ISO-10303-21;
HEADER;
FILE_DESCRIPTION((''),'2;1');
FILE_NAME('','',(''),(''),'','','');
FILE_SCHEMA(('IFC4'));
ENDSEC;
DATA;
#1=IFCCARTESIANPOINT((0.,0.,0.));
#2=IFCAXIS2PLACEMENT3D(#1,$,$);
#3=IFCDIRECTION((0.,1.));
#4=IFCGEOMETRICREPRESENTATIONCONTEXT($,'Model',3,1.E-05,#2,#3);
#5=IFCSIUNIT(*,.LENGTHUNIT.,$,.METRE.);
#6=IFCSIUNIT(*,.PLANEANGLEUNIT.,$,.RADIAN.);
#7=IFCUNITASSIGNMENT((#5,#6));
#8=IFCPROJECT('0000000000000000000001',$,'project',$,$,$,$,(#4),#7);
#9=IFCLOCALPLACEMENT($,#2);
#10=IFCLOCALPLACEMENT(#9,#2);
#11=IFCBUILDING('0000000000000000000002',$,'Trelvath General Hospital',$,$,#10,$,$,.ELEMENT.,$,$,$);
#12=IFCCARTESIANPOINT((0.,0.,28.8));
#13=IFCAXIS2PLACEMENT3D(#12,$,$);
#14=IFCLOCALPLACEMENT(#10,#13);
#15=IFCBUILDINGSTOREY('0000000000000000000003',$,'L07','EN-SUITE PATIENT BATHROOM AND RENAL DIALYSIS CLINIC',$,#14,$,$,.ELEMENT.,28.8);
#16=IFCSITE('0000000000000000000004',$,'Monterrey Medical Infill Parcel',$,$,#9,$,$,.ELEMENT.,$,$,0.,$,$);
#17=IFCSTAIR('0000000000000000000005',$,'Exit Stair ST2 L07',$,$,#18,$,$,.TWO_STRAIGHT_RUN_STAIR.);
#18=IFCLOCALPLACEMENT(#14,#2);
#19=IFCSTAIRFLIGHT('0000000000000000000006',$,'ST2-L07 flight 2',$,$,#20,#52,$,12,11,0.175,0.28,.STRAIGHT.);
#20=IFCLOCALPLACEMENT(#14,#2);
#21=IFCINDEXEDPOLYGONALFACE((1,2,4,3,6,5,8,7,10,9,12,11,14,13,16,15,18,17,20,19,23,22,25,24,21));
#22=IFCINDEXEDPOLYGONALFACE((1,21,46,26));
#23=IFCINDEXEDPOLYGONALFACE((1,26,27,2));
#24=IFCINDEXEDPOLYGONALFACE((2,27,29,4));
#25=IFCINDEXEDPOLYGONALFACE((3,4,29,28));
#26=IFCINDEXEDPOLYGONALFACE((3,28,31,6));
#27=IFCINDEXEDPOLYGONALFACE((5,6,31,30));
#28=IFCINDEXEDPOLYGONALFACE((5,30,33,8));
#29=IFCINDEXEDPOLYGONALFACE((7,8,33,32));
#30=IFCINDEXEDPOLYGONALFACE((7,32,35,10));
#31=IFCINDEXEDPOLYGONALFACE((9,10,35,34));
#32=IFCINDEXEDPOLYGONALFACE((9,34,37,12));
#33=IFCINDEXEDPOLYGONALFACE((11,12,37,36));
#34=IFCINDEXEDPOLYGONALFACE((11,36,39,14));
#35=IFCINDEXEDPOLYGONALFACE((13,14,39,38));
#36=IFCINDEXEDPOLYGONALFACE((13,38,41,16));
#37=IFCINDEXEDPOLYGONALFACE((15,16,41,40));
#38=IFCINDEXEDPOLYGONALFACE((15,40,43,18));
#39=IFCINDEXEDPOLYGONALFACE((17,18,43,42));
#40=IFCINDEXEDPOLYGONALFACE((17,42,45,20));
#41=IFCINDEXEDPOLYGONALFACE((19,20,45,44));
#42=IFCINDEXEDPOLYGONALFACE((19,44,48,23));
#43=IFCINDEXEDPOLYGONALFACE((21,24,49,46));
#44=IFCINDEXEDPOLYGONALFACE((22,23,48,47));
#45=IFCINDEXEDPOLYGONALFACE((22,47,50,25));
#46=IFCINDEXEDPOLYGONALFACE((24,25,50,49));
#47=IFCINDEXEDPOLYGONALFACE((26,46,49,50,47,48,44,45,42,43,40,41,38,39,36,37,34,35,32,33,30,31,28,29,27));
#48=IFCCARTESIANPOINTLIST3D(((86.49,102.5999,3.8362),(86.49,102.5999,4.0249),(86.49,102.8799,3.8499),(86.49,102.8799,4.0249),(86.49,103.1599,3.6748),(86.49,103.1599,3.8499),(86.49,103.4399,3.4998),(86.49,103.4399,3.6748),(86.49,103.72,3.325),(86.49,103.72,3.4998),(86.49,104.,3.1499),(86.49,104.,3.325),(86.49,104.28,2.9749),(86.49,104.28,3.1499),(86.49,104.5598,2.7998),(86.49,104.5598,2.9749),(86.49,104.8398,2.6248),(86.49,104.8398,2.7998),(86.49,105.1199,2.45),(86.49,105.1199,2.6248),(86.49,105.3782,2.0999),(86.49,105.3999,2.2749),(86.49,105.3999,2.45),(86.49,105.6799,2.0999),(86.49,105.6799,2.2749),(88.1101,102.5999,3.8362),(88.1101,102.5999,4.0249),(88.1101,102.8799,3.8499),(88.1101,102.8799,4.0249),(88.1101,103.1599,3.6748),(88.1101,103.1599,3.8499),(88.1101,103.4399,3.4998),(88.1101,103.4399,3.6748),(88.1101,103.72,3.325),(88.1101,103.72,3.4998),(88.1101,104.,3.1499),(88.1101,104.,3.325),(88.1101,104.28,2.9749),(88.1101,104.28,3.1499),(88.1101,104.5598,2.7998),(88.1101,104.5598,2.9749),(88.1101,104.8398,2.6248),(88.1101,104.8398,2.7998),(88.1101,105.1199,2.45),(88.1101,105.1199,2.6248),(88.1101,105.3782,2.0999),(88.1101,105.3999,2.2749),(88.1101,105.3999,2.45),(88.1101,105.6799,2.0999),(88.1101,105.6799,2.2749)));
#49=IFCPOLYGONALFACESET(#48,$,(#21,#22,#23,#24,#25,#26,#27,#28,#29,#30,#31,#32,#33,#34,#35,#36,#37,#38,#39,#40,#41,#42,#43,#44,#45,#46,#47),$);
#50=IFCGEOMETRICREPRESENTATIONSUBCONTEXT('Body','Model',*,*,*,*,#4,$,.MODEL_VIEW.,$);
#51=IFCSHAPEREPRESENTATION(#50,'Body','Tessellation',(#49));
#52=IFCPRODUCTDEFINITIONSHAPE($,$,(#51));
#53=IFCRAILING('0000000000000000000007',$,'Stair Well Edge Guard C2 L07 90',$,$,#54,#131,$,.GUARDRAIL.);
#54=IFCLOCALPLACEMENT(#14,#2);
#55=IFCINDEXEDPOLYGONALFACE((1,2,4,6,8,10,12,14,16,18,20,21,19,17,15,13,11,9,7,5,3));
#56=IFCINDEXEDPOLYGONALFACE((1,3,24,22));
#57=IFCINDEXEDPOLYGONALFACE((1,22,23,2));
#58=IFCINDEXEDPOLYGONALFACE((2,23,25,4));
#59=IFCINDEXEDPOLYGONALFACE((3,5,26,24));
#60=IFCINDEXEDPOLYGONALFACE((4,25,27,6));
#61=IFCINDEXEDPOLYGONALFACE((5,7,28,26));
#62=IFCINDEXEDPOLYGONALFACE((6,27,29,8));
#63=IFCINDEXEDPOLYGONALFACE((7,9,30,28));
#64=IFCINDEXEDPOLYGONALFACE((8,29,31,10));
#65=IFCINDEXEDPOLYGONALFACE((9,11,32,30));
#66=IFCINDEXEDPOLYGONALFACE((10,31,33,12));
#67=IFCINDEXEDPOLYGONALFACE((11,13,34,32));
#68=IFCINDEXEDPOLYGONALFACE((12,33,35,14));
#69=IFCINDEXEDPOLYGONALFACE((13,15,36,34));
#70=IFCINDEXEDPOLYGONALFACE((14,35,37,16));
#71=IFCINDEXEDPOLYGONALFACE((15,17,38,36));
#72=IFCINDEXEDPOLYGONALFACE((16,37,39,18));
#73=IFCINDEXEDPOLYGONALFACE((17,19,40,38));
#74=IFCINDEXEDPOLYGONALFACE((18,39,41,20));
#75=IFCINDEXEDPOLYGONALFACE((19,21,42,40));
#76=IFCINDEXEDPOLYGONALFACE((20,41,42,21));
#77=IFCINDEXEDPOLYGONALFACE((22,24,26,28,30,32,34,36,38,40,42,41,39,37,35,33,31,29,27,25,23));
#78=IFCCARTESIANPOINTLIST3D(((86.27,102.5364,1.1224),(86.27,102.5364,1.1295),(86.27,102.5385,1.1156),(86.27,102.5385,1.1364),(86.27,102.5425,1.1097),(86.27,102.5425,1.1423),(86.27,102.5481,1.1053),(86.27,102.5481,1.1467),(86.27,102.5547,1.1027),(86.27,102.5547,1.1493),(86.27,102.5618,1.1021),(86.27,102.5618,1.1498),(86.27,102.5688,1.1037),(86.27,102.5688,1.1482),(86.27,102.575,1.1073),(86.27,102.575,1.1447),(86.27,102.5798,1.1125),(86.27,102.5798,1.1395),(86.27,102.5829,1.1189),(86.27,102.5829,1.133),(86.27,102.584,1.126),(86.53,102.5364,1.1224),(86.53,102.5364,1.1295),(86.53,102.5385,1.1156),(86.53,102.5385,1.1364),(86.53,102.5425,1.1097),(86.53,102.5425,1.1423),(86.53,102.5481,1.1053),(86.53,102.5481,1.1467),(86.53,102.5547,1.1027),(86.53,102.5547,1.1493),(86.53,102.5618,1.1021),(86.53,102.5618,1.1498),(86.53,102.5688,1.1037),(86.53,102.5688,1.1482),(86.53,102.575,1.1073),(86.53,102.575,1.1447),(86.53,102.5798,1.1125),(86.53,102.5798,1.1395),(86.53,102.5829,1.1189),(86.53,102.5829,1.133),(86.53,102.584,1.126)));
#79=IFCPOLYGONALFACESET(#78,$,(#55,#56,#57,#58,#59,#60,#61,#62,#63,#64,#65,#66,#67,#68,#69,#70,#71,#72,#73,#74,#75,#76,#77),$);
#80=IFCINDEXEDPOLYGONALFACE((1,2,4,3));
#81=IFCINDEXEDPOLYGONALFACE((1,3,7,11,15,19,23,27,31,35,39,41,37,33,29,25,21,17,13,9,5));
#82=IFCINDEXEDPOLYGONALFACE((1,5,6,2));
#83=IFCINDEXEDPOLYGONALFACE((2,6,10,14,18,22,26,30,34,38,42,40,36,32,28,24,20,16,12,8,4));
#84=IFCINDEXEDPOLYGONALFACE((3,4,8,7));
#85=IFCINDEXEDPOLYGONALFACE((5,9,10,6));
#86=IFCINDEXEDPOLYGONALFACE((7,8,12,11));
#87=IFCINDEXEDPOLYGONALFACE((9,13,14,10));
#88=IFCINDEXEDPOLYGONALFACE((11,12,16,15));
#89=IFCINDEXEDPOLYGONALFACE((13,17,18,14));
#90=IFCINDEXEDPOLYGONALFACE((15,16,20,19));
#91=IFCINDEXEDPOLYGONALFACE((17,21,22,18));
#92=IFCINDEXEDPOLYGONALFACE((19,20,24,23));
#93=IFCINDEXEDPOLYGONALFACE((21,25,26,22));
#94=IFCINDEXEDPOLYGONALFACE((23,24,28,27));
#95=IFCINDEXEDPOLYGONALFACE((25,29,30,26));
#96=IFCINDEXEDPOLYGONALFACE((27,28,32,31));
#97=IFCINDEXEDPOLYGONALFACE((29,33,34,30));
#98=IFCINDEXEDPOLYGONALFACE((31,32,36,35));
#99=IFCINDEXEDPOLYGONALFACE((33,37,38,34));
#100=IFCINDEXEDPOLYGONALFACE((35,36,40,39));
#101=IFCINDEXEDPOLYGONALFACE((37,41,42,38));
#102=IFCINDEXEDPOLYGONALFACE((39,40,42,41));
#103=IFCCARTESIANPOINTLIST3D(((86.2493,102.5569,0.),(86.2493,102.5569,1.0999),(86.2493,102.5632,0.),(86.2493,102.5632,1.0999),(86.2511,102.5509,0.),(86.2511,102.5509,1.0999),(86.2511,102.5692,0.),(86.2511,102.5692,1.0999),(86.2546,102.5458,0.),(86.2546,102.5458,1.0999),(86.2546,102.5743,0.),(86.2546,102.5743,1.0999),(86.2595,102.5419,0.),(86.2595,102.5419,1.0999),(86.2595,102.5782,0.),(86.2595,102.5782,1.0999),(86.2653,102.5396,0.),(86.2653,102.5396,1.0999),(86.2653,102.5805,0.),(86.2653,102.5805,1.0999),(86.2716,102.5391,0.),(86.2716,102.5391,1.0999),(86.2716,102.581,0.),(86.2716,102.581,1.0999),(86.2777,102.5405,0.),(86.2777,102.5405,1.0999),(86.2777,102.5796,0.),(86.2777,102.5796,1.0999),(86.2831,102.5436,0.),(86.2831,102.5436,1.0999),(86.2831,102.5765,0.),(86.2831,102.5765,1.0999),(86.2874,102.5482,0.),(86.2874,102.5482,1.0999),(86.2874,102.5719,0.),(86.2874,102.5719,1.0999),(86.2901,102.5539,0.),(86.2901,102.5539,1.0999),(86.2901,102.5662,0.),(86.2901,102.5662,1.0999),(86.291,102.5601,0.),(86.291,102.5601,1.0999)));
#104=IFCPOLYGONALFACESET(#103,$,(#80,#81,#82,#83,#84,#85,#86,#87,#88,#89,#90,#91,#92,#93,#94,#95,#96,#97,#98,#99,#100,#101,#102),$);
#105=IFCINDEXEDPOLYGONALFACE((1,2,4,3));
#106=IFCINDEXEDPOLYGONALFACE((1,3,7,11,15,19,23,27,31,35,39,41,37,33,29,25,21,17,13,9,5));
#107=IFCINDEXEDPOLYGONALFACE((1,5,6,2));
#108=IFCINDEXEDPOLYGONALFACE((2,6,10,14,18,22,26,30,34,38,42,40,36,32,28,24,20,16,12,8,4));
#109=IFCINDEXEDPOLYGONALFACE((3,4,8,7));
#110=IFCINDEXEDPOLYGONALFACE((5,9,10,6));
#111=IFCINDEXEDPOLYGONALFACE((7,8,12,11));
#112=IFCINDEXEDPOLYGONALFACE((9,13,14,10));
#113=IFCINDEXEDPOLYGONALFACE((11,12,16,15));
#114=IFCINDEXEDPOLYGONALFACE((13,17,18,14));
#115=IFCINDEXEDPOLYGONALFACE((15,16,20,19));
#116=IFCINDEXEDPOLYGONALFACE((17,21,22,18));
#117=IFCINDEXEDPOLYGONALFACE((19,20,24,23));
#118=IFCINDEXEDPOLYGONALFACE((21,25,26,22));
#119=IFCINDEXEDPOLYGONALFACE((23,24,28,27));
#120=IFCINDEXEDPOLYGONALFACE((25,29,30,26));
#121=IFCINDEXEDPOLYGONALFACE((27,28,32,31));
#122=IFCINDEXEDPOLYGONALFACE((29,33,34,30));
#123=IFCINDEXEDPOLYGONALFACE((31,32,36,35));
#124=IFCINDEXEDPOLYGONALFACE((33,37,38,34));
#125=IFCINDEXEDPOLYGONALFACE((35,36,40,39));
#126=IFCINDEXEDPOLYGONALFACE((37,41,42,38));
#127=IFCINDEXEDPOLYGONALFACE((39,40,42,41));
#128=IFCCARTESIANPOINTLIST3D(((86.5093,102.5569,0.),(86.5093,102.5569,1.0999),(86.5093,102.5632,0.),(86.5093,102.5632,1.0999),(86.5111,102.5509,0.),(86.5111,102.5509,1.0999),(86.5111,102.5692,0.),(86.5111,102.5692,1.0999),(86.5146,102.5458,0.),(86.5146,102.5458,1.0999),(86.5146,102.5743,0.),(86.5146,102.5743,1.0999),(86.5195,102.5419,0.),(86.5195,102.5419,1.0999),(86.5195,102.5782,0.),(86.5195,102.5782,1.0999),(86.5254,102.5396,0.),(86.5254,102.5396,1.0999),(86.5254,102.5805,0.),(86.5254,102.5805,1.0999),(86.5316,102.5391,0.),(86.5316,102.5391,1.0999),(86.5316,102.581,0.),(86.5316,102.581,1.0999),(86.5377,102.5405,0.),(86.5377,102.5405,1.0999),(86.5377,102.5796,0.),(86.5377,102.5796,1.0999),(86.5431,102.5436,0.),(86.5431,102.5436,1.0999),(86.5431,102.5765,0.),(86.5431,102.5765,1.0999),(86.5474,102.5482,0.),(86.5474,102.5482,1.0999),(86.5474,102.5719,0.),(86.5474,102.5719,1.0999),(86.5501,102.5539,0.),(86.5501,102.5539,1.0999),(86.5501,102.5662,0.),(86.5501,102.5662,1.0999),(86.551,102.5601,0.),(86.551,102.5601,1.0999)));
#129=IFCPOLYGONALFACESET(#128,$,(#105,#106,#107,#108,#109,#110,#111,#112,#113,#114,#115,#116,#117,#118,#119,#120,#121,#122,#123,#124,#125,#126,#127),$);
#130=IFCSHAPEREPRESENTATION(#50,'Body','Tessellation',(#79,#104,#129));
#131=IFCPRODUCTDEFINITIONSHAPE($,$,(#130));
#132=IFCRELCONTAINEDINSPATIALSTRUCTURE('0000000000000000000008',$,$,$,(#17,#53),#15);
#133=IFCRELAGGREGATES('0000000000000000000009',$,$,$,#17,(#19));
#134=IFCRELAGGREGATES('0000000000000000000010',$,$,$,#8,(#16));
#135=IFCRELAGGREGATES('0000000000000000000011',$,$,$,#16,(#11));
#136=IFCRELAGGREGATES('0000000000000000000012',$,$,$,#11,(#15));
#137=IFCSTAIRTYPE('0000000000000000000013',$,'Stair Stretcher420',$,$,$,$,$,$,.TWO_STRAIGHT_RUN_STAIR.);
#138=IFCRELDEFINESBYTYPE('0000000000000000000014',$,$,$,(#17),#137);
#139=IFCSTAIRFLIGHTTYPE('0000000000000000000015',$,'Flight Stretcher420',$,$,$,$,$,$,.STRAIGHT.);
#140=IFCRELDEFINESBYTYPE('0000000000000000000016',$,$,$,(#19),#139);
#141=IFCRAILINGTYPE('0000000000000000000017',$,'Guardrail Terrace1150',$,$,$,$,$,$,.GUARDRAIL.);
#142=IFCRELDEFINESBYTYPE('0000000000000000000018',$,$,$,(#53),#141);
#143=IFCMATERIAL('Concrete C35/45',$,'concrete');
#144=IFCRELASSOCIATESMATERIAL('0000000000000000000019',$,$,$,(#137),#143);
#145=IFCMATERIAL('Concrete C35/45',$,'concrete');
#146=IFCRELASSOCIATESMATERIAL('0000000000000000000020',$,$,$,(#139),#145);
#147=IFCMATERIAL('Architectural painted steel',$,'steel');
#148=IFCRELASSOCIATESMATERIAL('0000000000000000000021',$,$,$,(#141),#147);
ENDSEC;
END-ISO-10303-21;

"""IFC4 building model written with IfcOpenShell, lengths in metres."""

from ifc_helpers import new_model, si_unit, direction, frame, origin, origin_2d, place, context, subcontext, project, spatial, polyline, circle, outline, extrude, material, type_object, element, aggregate, save


model = new_model("IFC4")

# Units and contexts
model_context = context("Model", 3, precision=1e-05, world=origin(), true_north=direction((0.0, 1.0)))
body_context = subcontext(model_context, "Body", "Model", "MODEL_VIEW")
ifc_project = project(units=[si_unit("LENGTHUNIT", "METRE"), si_unit("PLANEANGLEUNIT", "RADIAN")], contexts=[model_context])

# Site, building, storey
site_placement = place(None, origin())
site = spatial("IfcSite", under=ifc_project, at=site_placement, Name="Monterrey Medical Infill Parcel", CompositionType="ELEMENT", RefElevation=0.0)
building_placement = place(site_placement, origin())
building = spatial("IfcBuilding", under=site, at=building_placement, Name="Trelvath General Hospital", CompositionType="ELEMENT")
storey_placement = place(building_placement, frame((0.0, 0.0, 28.8)))
storey = spatial("IfcBuildingStorey", under=building, at=storey_placement, Name="L07", Description="EN-SUITE PATIENT BATHROOM AND RENAL DIALYSIS CLINIC", CompositionType="ELEMENT", Elevation=28.8)

# Stair, stair flight
ifc_material_1 = material(Name="Concrete C35/45", Category="concrete")
stair_type = type_object("IfcStairType", Name="Stair Stretcher420", PredefinedType="TWO_STRAIGHT_RUN_STAIR", material=ifc_material_1)
stair_placement = place(storey_placement, origin())
stair = element("IfcStair", 1, at=stair_placement, inside=storey, type_object=stair_type, Name="Exit Stair ST2 L07", PredefinedType="TWO_STRAIGHT_RUN_STAIR")
ifc_material_2 = material(Name="Concrete C35/45", Category="concrete")
stair_flight_type = type_object("IfcStairFlightType", Name="Flight Stretcher420", PredefinedType="STRAIGHT", material=ifc_material_2)
stair_flight_1_placement = place(storey_placement, frame((87.3, 105.6799, 2.0999), z_axis=(0.0, 0.0, 1.0), x_axis=(0.0, -1.0, 0.0)))
stair_flight_1 = element("IfcStairFlight", 2, at=stair_flight_1_placement, type_object=stair_flight_type, Name="ST2-L07 flight 2", NumberOfRisers=12, NumberOfTreads=11, PredefinedType="STRAIGHT", RiserHeight=0.175, TreadLength=0.28, context=body_context, shape_type="SweptSolid", body=[
    extrude(outline(polyline([(0.0, 0.0), (0.0, 0.175), (0.28, 0.175), (0.28, 0.3501), (0.5601, 0.3501), (0.5601, 0.5249), (0.8401, 0.5249), (0.8401, 0.7), (1.1201, 0.7), (1.1201, 0.875), (1.3999, 0.875), (1.3999, 1.05), (1.6799, 1.05), (1.6799, 1.2251), (1.96, 1.2251), (1.96, 1.3999), (2.24, 1.3999), (2.24, 1.575), (2.52, 1.575), (2.52, 1.75), (2.8, 1.75), (2.8, 1.925), (3.0801, 1.925), (3.0801, 2.1001), (3.0801, 1.7363), (0.3018, 0.0), (0.0, 0.0)])), frame((0.0, 0.8101, 0.0), z_axis=(0.0, -1.0, 0.0), x_axis=(1.0, 0.0, 0.0)), (0.0, 0.0, 1.0), 1.6201),
])
aggregate(stair, [stair_flight_1])

# Railing
ifc_material_3 = material(Name="Architectural painted steel", Category="steel")
railing_type_1 = type_object("IfcRailingType", Name="Guardrail Terrace1150", PredefinedType="GUARDRAIL", material=ifc_material_3)
railing_1_placement = place(storey_placement, frame((86.27, 102.5601, 0.0)))
element("IfcRailing", 3, at=railing_1_placement, inside=storey, type_object=railing_type_1, Name="Stair Well Edge Guard C2 L07 90", PredefinedType="GUARDRAIL", context=body_context, shape_type="SweptSolid", body=[
    extrude(circle(Radius=0.0239, at=origin_2d()), frame((0.0, 0.0, 1.126), z_axis=(1.0, 0.0, 0.0), x_axis=(0.0, 1.0, 0.0)), (0.0, 0.0, 1.0), 0.26),
    extrude(circle(Radius=0.021, at=origin_2d()), origin(), (0.0, 0.0, 1.0), 1.0999),
    extrude(circle(Radius=0.021, at=origin_2d()), frame((0.26, 0.0, 0.0)), (0.0, 0.0, 1.0), 1.0999),
])

save(model, "model.ifc")
